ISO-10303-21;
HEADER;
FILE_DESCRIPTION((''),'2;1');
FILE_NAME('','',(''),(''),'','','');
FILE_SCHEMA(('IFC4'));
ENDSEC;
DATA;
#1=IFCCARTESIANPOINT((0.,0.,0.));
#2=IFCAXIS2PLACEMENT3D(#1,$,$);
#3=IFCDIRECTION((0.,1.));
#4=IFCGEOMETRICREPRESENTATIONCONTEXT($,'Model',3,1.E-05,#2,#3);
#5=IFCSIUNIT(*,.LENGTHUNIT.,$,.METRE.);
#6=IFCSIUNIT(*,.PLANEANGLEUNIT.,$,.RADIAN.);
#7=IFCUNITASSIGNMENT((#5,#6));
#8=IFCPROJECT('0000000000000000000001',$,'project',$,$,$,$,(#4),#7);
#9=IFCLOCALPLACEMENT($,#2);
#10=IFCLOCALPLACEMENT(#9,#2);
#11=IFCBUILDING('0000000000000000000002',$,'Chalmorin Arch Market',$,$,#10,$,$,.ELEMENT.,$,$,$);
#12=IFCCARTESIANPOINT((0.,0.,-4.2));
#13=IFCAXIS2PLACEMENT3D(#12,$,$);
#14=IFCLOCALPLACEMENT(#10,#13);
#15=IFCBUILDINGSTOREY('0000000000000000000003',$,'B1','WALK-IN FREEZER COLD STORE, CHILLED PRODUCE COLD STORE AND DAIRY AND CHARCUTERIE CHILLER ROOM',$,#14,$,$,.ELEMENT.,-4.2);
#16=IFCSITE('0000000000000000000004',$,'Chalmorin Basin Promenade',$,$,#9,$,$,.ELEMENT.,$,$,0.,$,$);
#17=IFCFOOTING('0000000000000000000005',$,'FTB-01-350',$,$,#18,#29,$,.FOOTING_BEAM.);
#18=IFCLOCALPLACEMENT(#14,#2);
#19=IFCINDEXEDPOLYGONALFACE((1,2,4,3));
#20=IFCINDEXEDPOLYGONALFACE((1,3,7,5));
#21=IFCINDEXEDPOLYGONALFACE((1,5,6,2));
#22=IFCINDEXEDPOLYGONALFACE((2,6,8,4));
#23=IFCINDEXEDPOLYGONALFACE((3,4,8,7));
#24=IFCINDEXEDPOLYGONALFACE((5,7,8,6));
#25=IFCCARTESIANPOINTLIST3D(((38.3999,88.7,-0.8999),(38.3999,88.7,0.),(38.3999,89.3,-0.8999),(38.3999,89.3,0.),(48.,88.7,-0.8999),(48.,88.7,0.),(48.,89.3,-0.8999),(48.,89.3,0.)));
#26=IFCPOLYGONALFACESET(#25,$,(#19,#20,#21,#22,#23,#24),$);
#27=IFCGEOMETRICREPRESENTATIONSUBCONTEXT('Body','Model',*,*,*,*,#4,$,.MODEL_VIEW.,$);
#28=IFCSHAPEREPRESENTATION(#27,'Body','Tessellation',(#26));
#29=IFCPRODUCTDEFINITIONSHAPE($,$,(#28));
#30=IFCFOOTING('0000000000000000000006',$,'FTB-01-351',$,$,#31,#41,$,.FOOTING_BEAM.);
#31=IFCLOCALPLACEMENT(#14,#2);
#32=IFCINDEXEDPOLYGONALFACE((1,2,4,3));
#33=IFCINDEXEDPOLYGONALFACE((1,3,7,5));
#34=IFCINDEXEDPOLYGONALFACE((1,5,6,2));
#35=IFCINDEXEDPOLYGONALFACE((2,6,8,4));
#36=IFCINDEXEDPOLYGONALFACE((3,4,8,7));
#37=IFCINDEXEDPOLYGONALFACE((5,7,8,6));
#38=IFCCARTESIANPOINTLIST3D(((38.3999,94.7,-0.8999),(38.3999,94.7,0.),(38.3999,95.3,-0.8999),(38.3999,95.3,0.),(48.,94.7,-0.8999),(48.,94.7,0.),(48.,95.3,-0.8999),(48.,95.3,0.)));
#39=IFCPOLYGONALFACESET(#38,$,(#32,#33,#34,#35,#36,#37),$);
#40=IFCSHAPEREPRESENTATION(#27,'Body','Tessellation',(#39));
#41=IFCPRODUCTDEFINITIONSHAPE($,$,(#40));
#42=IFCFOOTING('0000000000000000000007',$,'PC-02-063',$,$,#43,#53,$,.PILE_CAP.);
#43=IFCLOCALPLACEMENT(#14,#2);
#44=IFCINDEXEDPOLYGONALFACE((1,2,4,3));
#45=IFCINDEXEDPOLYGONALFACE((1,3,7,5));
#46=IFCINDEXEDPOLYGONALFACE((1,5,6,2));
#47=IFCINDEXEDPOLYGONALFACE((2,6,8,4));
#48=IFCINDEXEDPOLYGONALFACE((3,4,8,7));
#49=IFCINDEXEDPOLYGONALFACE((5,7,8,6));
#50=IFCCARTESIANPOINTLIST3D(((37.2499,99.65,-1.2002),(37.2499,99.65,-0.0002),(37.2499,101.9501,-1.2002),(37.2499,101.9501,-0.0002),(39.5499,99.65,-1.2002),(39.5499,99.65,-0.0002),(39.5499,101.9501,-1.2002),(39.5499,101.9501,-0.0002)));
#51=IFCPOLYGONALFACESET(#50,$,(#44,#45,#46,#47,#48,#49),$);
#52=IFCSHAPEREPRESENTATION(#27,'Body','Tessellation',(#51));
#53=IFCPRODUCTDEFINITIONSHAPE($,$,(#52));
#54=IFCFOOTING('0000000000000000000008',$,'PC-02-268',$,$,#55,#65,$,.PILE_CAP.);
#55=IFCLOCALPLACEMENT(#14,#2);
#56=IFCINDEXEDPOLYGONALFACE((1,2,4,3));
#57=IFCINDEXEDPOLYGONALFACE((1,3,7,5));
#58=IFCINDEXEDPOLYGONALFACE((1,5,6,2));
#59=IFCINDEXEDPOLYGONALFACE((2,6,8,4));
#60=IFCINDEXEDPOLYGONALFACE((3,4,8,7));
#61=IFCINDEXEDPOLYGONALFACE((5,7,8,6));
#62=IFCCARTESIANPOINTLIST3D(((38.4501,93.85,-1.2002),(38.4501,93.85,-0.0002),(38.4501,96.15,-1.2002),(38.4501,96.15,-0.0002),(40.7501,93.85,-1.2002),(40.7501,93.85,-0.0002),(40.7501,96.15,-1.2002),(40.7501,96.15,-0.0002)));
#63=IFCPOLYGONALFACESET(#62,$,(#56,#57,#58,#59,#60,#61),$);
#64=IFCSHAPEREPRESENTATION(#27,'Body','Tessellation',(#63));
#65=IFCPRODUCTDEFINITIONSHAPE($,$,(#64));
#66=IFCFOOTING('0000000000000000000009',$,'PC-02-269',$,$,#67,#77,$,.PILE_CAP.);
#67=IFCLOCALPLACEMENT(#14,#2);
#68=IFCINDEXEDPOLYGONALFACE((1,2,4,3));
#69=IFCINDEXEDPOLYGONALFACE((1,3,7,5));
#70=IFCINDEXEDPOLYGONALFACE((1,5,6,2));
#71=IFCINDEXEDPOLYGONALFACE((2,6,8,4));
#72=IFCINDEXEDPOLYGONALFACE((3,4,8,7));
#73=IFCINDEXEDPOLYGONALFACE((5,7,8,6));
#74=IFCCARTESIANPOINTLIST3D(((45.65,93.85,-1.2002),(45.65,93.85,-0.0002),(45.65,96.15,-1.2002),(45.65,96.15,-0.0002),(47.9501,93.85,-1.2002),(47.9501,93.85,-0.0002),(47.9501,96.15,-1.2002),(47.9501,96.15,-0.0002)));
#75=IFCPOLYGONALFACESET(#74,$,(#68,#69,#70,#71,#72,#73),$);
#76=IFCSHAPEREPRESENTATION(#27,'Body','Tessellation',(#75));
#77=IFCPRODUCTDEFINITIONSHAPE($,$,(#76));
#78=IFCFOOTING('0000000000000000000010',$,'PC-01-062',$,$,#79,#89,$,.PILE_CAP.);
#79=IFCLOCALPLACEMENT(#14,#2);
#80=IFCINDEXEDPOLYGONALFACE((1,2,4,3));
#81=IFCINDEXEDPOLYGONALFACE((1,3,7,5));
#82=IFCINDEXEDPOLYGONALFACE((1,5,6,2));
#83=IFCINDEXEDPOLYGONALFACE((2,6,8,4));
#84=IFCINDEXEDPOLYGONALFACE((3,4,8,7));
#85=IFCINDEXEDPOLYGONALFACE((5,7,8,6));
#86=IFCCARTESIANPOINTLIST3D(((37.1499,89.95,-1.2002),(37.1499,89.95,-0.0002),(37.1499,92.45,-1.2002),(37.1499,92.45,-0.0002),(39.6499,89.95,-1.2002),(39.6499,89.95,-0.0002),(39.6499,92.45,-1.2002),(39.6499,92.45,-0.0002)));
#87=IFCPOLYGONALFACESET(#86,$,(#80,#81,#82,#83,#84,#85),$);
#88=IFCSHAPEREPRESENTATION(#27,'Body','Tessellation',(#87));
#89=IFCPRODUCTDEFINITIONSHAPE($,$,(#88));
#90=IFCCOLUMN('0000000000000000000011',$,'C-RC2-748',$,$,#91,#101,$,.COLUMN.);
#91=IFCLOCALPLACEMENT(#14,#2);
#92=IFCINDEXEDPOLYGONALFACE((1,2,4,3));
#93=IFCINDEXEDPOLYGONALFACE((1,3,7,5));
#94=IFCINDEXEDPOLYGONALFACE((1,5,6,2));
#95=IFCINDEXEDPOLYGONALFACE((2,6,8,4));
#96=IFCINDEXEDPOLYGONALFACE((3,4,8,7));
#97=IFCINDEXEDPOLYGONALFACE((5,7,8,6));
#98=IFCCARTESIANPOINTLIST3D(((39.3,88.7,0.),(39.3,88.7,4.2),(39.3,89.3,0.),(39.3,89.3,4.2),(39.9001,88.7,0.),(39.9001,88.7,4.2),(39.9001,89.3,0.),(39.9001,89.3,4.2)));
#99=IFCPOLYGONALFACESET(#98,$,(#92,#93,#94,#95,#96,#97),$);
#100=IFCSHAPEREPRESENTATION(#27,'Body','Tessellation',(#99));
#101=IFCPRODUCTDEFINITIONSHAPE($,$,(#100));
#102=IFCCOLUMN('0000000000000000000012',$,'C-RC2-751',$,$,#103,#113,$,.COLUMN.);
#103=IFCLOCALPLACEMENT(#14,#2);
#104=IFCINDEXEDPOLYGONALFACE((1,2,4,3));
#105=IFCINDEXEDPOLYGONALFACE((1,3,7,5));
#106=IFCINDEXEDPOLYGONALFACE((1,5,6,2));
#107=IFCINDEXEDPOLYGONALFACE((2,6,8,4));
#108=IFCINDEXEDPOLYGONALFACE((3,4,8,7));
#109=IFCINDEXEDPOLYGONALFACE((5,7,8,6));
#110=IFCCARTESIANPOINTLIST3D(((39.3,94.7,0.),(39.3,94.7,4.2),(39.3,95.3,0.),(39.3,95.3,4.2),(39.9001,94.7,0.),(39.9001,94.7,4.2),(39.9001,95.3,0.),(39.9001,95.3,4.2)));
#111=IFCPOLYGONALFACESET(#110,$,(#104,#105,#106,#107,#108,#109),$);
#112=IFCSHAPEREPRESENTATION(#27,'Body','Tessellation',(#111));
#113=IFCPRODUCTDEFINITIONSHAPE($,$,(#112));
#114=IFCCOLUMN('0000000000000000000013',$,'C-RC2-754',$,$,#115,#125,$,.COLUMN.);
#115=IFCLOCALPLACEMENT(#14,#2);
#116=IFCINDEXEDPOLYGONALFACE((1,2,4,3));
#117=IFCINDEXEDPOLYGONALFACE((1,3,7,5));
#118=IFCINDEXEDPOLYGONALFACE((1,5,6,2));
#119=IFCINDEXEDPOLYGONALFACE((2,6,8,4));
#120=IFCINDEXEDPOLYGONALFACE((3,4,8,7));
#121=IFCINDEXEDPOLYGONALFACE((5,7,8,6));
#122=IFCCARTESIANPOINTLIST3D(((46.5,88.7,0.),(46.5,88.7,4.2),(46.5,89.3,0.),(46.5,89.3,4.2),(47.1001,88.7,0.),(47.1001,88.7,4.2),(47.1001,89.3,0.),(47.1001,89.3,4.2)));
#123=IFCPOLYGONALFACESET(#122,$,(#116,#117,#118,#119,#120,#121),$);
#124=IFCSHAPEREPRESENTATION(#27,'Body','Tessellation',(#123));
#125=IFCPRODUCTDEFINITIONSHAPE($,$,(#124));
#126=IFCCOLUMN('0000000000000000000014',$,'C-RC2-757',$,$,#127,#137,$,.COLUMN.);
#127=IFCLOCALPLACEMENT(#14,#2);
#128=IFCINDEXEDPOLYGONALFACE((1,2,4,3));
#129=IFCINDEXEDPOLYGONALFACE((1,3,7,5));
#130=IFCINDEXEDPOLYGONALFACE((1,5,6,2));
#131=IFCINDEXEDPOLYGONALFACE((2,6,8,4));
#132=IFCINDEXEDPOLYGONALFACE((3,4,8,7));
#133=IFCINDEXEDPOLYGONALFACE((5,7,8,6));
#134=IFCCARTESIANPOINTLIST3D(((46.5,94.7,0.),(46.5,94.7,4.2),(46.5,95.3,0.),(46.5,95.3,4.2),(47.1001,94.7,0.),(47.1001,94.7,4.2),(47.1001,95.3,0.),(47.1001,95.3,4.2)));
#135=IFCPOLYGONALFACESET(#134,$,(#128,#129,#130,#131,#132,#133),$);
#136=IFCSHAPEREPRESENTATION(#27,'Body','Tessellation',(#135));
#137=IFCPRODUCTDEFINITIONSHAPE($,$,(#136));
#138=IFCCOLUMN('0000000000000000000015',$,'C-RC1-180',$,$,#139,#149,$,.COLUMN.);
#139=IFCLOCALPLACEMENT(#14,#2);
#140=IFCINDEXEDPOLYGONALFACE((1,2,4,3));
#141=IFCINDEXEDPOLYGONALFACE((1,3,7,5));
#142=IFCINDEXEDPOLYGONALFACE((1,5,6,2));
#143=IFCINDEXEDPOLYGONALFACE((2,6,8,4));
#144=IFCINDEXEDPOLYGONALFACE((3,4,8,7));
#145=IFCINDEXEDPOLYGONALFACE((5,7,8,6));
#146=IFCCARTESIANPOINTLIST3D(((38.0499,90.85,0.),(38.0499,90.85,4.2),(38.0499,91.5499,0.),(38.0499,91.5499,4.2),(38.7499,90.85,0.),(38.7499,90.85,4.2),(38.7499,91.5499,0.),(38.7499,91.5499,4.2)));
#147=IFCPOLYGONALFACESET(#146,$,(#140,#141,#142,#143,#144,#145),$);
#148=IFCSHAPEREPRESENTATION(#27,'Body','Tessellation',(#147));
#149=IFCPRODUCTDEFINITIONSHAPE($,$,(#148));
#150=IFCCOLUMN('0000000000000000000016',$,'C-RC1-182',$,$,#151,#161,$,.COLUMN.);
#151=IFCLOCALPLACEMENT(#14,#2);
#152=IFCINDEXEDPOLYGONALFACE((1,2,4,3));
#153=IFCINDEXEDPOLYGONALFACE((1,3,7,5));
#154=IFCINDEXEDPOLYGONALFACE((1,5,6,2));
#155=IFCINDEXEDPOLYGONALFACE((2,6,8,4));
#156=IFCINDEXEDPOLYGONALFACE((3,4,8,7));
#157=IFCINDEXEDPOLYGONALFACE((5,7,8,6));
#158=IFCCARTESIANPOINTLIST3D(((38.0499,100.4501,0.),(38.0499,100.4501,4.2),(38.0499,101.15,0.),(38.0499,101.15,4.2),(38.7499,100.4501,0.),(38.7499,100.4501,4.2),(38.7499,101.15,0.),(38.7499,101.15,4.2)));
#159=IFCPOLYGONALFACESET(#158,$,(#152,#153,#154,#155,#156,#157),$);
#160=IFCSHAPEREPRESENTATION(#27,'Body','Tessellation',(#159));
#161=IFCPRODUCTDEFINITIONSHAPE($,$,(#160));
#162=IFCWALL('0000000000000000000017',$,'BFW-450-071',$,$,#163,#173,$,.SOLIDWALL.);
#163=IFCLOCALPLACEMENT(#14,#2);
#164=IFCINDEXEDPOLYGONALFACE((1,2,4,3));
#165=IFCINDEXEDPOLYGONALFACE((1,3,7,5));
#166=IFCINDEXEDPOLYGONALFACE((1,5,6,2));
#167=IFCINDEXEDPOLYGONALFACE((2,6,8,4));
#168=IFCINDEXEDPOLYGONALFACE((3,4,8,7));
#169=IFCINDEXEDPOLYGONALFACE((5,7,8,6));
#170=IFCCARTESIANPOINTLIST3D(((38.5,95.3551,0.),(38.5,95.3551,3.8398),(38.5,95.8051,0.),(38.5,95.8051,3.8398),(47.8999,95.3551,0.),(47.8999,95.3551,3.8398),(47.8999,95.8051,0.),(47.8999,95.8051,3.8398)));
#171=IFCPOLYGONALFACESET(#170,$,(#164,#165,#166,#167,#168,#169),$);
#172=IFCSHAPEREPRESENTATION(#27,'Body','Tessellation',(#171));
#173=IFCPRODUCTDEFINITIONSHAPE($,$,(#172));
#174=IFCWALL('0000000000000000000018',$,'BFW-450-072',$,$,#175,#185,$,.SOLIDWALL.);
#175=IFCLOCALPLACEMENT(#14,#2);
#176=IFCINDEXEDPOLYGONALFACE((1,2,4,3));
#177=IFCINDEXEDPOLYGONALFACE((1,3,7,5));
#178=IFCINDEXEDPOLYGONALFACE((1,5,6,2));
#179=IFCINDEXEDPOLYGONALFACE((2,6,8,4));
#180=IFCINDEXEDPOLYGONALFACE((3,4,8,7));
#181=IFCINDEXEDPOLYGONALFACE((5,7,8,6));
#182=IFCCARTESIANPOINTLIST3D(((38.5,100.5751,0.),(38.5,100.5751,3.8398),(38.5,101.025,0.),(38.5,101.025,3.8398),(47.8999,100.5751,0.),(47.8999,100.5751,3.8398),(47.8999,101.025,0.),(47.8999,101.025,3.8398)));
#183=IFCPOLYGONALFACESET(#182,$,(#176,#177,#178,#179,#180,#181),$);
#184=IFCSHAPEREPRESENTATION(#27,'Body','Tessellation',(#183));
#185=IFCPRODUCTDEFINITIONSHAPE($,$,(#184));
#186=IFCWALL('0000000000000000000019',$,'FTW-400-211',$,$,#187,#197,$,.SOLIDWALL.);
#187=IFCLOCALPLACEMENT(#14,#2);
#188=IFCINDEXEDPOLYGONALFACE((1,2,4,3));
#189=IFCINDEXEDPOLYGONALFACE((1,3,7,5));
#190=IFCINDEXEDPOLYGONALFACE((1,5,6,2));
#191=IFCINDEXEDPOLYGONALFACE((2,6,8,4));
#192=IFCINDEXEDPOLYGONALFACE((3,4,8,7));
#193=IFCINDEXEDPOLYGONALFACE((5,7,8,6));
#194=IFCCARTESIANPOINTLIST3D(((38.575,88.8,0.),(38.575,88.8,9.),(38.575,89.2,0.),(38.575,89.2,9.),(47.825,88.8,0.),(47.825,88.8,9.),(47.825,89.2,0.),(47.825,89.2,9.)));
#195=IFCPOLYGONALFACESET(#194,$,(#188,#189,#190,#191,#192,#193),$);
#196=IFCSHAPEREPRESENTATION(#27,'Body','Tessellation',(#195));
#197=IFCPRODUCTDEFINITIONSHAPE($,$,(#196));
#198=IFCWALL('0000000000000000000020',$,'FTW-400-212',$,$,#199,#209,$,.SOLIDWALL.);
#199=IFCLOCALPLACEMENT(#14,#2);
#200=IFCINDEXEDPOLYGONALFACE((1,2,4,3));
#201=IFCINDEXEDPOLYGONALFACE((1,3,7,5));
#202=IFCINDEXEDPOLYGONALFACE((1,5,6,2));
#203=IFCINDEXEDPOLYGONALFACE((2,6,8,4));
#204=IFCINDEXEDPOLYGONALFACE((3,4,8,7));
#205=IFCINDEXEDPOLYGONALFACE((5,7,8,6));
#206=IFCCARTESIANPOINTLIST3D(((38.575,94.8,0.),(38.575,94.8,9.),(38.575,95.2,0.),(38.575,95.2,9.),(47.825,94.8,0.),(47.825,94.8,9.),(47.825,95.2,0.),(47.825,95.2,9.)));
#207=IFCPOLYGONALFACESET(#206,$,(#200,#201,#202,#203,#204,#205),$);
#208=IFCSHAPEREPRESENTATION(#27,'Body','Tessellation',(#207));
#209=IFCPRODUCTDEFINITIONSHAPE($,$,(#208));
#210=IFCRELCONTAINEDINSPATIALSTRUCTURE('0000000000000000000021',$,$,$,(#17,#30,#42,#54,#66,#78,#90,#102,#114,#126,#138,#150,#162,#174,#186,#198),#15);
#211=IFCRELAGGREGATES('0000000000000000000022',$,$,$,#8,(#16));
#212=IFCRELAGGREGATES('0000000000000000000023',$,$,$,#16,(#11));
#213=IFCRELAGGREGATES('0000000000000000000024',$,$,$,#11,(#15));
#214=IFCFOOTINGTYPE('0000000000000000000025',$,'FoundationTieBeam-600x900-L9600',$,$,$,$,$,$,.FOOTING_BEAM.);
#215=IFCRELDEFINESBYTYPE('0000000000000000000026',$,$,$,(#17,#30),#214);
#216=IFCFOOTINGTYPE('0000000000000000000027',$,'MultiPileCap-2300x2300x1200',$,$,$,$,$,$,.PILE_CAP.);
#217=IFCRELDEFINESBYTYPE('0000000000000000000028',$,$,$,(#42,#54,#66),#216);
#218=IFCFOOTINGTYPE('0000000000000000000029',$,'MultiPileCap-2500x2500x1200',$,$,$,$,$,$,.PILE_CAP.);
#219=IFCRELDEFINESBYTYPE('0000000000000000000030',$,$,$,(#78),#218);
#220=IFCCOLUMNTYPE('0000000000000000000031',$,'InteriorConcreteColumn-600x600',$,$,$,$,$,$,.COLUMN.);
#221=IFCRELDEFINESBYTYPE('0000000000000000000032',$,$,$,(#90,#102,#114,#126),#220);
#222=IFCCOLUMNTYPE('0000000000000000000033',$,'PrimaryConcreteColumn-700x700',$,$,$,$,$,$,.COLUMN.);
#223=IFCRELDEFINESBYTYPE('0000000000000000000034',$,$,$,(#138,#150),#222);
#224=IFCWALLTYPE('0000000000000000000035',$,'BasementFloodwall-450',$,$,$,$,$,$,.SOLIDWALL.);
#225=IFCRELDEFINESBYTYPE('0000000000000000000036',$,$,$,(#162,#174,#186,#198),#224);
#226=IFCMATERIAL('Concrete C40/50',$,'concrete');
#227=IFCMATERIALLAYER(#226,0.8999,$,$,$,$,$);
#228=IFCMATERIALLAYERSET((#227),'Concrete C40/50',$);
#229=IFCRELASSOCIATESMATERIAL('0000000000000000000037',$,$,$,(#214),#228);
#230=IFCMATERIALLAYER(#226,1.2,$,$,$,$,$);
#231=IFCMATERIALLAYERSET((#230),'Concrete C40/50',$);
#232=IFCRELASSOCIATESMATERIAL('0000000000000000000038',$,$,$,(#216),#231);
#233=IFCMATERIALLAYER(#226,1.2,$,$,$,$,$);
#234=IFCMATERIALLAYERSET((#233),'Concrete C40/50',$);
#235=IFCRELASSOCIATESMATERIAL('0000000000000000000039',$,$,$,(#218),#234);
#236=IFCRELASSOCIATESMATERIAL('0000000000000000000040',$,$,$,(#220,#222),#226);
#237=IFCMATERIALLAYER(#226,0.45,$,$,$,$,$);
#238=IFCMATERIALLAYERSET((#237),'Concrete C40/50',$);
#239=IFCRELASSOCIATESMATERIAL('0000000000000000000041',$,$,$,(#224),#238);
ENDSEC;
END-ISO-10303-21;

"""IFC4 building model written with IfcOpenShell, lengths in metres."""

from ifc_helpers import new_model, si_unit, direction, frame, frame_2d, origin, origin_2d, place, context, subcontext, project, spatial, rectangle, extrude, material, layer, layer_set, material_profile, profile_set, type_object, element, save


model = new_model("IFC4")

# Units and contexts
model_context = context("Model", 3, precision=1e-05, world=origin(), true_north=direction((0.0, 1.0)))
body_context = subcontext(model_context, "Body", "Model", "MODEL_VIEW")
ifc_project = project(units=[si_unit("LENGTHUNIT", "METRE"), si_unit("PLANEANGLEUNIT", "RADIAN")], contexts=[model_context])

# Site, building, storey
site_placement = place(None, origin())
site = spatial("IfcSite", under=ifc_project, at=site_placement, Name="Chalmorin Basin Promenade", CompositionType="ELEMENT", RefElevation=0.0)
building_placement = place(site_placement, origin())
building = spatial("IfcBuilding", under=site, at=building_placement, Name="Chalmorin Arch Market", CompositionType="ELEMENT")
storey_placement = place(building_placement, frame((0.0, 0.0, -4.2)))
storey = spatial("IfcBuildingStorey", under=building, at=storey_placement, Name="B1", Description="WALK-IN FREEZER COLD STORE, CHILLED PRODUCE COLD STORE AND DAIRY AND CHARCUTERIE CHILLER ROOM", CompositionType="ELEMENT", Elevation=-4.2)

# Footings
ifc_material_1 = material(Name="Concrete C40/50", Category="concrete")
ifc_layer_1 = layer(ifc_material_1, 0.8999)
ifc_layer_set_1 = layer_set([ifc_layer_1], Name="Concrete C40/50")
footing_type_1 = type_object("IfcFootingType", Name="FoundationTieBeam-600x900-L9600", PredefinedType="FOOTING_BEAM", material=ifc_layer_set_1)
for number, where, z_axis, x_axis, name in (
    (1, (43.2, 89.0, -0.8999), (0.0, 0.0, 1.0), (1.0, 0.0, 0.0), "FTB-01-350"),
    (2, (43.2, 95.0, -0.8999), (0.0, 0.0, 1.0), (1.0, 0.0, 0.0), "FTB-01-351"),
):
    element("IfcFooting", number, at=place(storey_placement, frame(where, z_axis=z_axis, x_axis=x_axis)), inside=storey, type_object=footing_type_1, Name=name, PredefinedType="FOOTING_BEAM", context=body_context, shape_type="SweptSolid", body=[
        extrude(rectangle(XDim=9.6001, YDim=0.6001, at=origin_2d()), origin(), (0.0, 0.0, 1.0), 0.8999),
    ])
ifc_layer_2 = layer(ifc_material_1, 1.2)
ifc_layer_set_2 = layer_set([ifc_layer_2], Name="Concrete C40/50")
footing_type_2 = type_object("IfcFootingType", Name="MultiPileCap-2300x2300x1200", PredefinedType="PILE_CAP", material=ifc_layer_set_2)
for number, where, z_axis, x_axis, name in (
    (3, (38.3999, 100.8, -1.2002), (0.0, 0.0, 1.0), (1.0, 0.0, 0.0), "PC-02-063"),
    (4, (39.6001, 95.0, -1.2002), (0.0, 0.0, 1.0), (1.0, 0.0, 0.0), "PC-02-268"),
    (5, (46.8, 95.0, -1.2002), (0.0, 0.0, 1.0), (1.0, 0.0, 0.0), "PC-02-269"),
):
    element("IfcFooting", number, at=place(storey_placement, frame(where, z_axis=z_axis, x_axis=x_axis)), inside=storey, type_object=footing_type_2, Name=name, PredefinedType="PILE_CAP", context=body_context, shape_type="SweptSolid", body=[
        extrude(rectangle(XDim=2.3, YDim=2.3, at=origin_2d()), origin(), (0.0, 0.0, 1.0), 1.2),
    ])
ifc_layer_3 = layer(ifc_material_1, 1.2)
ifc_layer_set_3 = layer_set([ifc_layer_3], Name="Concrete C40/50")
footing_type_3 = type_object("IfcFootingType", Name="MultiPileCap-2500x2500x1200", PredefinedType="PILE_CAP", material=ifc_layer_set_3)
footing_1_placement = place(storey_placement, frame((38.3999, 91.2, -1.2002), z_axis=(0.0, 0.0, 1.0), x_axis=(1.0, 0.0, 0.0)))
element("IfcFooting", 6, at=footing_1_placement, inside=storey, type_object=footing_type_3, Name="PC-01-062", PredefinedType="PILE_CAP", context=body_context, shape_type="SweptSolid", body=[
    extrude(rectangle(XDim=2.5, YDim=2.5, at=origin_2d()), origin(), (0.0, 0.0, 1.0), 1.2),
])

# Columns
ifc_material_profile_1 = material_profile(ifc_material_1, rectangle(XDim=0.6001, YDim=0.6001, at=origin_2d()), Name="RC600X600")
ifc_profile_set_1 = profile_set([ifc_material_profile_1], Name="Concrete C40/50")
column_type_1 = type_object("IfcColumnType", Name="InteriorConcreteColumn-600x600", PredefinedType="COLUMN", material=ifc_profile_set_1)
for number, where, z_axis, x_axis, name in (
    (7, (39.6001, 89.0, 0.0), (0.0, 0.0, 1.0), (1.0, 0.0, 0.0), "C-RC2-748"),
    (8, (39.6001, 95.0, 0.0), (0.0, 0.0, 1.0), (1.0, 0.0, 0.0), "C-RC2-751"),
    (9, (46.8, 89.0, 0.0), (0.0, 0.0, 1.0), (1.0, 0.0, 0.0), "C-RC2-754"),
    (10, (46.8, 95.0, 0.0), (0.0, 0.0, 1.0), (1.0, 0.0, 0.0), "C-RC2-757"),
):
    element("IfcColumn", number, at=place(storey_placement, frame(where, z_axis=z_axis, x_axis=x_axis)), inside=storey, type_object=column_type_1, Name=name, PredefinedType="COLUMN", context=body_context, shape_type="SweptSolid", body=[
        extrude(rectangle(XDim=0.6001, YDim=0.6001, at=origin_2d()), origin(), (0.0, 0.0, 1.0), 4.2),
    ])
ifc_material_profile_2 = material_profile(ifc_material_1, rectangle(XDim=0.7, YDim=0.7, at=origin_2d()), Name="RC700X700")
ifc_profile_set_2 = profile_set([ifc_material_profile_2], Name="Concrete C40/50")
column_type_2 = type_object("IfcColumnType", Name="PrimaryConcreteColumn-700x700", PredefinedType="COLUMN", material=ifc_profile_set_2)
for number, where, z_axis, x_axis, name in (
    (11, (38.3999, 91.2, 0.0), (0.0, 0.0, 1.0), (1.0, 0.0, 0.0), "C-RC1-180"),
    (12, (38.3999, 100.8, 0.0), (0.0, 0.0, 1.0), (1.0, 0.0, 0.0), "C-RC1-182"),
):
    element("IfcColumn", number, at=place(storey_placement, frame(where, z_axis=z_axis, x_axis=x_axis)), inside=storey, type_object=column_type_2, Name=name, PredefinedType="COLUMN", context=body_context, shape_type="SweptSolid", body=[
        extrude(rectangle(XDim=0.7, YDim=0.7, at=origin_2d()), origin(), (0.0, 0.0, 1.0), 4.2),
    ])

# Walls
ifc_layer_4 = layer(ifc_material_1, 0.45)
ifc_layer_set_4 = layer_set([ifc_layer_4], Name="Concrete C40/50")
wall_type_1 = type_object("IfcWallType", Name="BasementFloodwall-450", PredefinedType="SOLIDWALL", material=ifc_layer_set_4)
for number, where, z_axis, x_axis, name in (
    (13, (38.5, 95.5801, 0.0), (0.0, 0.0, 1.0), (1.0, 0.0, 0.0), "BFW-450-071"),
    (14, (38.5, 100.8, 0.0), (0.0, 0.0, 1.0), (1.0, 0.0, 0.0), "BFW-450-072"),
):
    element("IfcWall", number, at=place(storey_placement, frame(where, z_axis=z_axis, x_axis=x_axis)), inside=storey, type_object=wall_type_1, Name=name, PredefinedType="SOLIDWALL", context=body_context, shape_type="SweptSolid", body=[
        extrude(rectangle(XDim=9.3999, YDim=0.45, at=frame_2d((4.7, 0.0))), origin(), (0.0, 0.0, 1.0), 3.8398),
    ])
for number, where, z_axis, x_axis, name in (
    (15, (38.575, 89.0, 0.0), (0.0, 0.0, 1.0), (1.0, 0.0, 0.0), "FTW-400-211"),
    (16, (38.575, 95.0, 0.0), (0.0, 0.0, 1.0), (1.0, 0.0, 0.0), "FTW-400-212"),
):
    element("IfcWall", number, at=place(storey_placement, frame(where, z_axis=z_axis, x_axis=x_axis)), inside=storey, type_object=wall_type_1, Name=name, PredefinedType="SOLIDWALL", context=body_context, shape_type="SweptSolid", body=[
        extrude(rectangle(XDim=9.25, YDim=0.3999, at=frame_2d((4.625, 0.0))), origin(), (0.0, 0.0, 1.0), 9.0),
    ])

save(model, "model.ifc")
